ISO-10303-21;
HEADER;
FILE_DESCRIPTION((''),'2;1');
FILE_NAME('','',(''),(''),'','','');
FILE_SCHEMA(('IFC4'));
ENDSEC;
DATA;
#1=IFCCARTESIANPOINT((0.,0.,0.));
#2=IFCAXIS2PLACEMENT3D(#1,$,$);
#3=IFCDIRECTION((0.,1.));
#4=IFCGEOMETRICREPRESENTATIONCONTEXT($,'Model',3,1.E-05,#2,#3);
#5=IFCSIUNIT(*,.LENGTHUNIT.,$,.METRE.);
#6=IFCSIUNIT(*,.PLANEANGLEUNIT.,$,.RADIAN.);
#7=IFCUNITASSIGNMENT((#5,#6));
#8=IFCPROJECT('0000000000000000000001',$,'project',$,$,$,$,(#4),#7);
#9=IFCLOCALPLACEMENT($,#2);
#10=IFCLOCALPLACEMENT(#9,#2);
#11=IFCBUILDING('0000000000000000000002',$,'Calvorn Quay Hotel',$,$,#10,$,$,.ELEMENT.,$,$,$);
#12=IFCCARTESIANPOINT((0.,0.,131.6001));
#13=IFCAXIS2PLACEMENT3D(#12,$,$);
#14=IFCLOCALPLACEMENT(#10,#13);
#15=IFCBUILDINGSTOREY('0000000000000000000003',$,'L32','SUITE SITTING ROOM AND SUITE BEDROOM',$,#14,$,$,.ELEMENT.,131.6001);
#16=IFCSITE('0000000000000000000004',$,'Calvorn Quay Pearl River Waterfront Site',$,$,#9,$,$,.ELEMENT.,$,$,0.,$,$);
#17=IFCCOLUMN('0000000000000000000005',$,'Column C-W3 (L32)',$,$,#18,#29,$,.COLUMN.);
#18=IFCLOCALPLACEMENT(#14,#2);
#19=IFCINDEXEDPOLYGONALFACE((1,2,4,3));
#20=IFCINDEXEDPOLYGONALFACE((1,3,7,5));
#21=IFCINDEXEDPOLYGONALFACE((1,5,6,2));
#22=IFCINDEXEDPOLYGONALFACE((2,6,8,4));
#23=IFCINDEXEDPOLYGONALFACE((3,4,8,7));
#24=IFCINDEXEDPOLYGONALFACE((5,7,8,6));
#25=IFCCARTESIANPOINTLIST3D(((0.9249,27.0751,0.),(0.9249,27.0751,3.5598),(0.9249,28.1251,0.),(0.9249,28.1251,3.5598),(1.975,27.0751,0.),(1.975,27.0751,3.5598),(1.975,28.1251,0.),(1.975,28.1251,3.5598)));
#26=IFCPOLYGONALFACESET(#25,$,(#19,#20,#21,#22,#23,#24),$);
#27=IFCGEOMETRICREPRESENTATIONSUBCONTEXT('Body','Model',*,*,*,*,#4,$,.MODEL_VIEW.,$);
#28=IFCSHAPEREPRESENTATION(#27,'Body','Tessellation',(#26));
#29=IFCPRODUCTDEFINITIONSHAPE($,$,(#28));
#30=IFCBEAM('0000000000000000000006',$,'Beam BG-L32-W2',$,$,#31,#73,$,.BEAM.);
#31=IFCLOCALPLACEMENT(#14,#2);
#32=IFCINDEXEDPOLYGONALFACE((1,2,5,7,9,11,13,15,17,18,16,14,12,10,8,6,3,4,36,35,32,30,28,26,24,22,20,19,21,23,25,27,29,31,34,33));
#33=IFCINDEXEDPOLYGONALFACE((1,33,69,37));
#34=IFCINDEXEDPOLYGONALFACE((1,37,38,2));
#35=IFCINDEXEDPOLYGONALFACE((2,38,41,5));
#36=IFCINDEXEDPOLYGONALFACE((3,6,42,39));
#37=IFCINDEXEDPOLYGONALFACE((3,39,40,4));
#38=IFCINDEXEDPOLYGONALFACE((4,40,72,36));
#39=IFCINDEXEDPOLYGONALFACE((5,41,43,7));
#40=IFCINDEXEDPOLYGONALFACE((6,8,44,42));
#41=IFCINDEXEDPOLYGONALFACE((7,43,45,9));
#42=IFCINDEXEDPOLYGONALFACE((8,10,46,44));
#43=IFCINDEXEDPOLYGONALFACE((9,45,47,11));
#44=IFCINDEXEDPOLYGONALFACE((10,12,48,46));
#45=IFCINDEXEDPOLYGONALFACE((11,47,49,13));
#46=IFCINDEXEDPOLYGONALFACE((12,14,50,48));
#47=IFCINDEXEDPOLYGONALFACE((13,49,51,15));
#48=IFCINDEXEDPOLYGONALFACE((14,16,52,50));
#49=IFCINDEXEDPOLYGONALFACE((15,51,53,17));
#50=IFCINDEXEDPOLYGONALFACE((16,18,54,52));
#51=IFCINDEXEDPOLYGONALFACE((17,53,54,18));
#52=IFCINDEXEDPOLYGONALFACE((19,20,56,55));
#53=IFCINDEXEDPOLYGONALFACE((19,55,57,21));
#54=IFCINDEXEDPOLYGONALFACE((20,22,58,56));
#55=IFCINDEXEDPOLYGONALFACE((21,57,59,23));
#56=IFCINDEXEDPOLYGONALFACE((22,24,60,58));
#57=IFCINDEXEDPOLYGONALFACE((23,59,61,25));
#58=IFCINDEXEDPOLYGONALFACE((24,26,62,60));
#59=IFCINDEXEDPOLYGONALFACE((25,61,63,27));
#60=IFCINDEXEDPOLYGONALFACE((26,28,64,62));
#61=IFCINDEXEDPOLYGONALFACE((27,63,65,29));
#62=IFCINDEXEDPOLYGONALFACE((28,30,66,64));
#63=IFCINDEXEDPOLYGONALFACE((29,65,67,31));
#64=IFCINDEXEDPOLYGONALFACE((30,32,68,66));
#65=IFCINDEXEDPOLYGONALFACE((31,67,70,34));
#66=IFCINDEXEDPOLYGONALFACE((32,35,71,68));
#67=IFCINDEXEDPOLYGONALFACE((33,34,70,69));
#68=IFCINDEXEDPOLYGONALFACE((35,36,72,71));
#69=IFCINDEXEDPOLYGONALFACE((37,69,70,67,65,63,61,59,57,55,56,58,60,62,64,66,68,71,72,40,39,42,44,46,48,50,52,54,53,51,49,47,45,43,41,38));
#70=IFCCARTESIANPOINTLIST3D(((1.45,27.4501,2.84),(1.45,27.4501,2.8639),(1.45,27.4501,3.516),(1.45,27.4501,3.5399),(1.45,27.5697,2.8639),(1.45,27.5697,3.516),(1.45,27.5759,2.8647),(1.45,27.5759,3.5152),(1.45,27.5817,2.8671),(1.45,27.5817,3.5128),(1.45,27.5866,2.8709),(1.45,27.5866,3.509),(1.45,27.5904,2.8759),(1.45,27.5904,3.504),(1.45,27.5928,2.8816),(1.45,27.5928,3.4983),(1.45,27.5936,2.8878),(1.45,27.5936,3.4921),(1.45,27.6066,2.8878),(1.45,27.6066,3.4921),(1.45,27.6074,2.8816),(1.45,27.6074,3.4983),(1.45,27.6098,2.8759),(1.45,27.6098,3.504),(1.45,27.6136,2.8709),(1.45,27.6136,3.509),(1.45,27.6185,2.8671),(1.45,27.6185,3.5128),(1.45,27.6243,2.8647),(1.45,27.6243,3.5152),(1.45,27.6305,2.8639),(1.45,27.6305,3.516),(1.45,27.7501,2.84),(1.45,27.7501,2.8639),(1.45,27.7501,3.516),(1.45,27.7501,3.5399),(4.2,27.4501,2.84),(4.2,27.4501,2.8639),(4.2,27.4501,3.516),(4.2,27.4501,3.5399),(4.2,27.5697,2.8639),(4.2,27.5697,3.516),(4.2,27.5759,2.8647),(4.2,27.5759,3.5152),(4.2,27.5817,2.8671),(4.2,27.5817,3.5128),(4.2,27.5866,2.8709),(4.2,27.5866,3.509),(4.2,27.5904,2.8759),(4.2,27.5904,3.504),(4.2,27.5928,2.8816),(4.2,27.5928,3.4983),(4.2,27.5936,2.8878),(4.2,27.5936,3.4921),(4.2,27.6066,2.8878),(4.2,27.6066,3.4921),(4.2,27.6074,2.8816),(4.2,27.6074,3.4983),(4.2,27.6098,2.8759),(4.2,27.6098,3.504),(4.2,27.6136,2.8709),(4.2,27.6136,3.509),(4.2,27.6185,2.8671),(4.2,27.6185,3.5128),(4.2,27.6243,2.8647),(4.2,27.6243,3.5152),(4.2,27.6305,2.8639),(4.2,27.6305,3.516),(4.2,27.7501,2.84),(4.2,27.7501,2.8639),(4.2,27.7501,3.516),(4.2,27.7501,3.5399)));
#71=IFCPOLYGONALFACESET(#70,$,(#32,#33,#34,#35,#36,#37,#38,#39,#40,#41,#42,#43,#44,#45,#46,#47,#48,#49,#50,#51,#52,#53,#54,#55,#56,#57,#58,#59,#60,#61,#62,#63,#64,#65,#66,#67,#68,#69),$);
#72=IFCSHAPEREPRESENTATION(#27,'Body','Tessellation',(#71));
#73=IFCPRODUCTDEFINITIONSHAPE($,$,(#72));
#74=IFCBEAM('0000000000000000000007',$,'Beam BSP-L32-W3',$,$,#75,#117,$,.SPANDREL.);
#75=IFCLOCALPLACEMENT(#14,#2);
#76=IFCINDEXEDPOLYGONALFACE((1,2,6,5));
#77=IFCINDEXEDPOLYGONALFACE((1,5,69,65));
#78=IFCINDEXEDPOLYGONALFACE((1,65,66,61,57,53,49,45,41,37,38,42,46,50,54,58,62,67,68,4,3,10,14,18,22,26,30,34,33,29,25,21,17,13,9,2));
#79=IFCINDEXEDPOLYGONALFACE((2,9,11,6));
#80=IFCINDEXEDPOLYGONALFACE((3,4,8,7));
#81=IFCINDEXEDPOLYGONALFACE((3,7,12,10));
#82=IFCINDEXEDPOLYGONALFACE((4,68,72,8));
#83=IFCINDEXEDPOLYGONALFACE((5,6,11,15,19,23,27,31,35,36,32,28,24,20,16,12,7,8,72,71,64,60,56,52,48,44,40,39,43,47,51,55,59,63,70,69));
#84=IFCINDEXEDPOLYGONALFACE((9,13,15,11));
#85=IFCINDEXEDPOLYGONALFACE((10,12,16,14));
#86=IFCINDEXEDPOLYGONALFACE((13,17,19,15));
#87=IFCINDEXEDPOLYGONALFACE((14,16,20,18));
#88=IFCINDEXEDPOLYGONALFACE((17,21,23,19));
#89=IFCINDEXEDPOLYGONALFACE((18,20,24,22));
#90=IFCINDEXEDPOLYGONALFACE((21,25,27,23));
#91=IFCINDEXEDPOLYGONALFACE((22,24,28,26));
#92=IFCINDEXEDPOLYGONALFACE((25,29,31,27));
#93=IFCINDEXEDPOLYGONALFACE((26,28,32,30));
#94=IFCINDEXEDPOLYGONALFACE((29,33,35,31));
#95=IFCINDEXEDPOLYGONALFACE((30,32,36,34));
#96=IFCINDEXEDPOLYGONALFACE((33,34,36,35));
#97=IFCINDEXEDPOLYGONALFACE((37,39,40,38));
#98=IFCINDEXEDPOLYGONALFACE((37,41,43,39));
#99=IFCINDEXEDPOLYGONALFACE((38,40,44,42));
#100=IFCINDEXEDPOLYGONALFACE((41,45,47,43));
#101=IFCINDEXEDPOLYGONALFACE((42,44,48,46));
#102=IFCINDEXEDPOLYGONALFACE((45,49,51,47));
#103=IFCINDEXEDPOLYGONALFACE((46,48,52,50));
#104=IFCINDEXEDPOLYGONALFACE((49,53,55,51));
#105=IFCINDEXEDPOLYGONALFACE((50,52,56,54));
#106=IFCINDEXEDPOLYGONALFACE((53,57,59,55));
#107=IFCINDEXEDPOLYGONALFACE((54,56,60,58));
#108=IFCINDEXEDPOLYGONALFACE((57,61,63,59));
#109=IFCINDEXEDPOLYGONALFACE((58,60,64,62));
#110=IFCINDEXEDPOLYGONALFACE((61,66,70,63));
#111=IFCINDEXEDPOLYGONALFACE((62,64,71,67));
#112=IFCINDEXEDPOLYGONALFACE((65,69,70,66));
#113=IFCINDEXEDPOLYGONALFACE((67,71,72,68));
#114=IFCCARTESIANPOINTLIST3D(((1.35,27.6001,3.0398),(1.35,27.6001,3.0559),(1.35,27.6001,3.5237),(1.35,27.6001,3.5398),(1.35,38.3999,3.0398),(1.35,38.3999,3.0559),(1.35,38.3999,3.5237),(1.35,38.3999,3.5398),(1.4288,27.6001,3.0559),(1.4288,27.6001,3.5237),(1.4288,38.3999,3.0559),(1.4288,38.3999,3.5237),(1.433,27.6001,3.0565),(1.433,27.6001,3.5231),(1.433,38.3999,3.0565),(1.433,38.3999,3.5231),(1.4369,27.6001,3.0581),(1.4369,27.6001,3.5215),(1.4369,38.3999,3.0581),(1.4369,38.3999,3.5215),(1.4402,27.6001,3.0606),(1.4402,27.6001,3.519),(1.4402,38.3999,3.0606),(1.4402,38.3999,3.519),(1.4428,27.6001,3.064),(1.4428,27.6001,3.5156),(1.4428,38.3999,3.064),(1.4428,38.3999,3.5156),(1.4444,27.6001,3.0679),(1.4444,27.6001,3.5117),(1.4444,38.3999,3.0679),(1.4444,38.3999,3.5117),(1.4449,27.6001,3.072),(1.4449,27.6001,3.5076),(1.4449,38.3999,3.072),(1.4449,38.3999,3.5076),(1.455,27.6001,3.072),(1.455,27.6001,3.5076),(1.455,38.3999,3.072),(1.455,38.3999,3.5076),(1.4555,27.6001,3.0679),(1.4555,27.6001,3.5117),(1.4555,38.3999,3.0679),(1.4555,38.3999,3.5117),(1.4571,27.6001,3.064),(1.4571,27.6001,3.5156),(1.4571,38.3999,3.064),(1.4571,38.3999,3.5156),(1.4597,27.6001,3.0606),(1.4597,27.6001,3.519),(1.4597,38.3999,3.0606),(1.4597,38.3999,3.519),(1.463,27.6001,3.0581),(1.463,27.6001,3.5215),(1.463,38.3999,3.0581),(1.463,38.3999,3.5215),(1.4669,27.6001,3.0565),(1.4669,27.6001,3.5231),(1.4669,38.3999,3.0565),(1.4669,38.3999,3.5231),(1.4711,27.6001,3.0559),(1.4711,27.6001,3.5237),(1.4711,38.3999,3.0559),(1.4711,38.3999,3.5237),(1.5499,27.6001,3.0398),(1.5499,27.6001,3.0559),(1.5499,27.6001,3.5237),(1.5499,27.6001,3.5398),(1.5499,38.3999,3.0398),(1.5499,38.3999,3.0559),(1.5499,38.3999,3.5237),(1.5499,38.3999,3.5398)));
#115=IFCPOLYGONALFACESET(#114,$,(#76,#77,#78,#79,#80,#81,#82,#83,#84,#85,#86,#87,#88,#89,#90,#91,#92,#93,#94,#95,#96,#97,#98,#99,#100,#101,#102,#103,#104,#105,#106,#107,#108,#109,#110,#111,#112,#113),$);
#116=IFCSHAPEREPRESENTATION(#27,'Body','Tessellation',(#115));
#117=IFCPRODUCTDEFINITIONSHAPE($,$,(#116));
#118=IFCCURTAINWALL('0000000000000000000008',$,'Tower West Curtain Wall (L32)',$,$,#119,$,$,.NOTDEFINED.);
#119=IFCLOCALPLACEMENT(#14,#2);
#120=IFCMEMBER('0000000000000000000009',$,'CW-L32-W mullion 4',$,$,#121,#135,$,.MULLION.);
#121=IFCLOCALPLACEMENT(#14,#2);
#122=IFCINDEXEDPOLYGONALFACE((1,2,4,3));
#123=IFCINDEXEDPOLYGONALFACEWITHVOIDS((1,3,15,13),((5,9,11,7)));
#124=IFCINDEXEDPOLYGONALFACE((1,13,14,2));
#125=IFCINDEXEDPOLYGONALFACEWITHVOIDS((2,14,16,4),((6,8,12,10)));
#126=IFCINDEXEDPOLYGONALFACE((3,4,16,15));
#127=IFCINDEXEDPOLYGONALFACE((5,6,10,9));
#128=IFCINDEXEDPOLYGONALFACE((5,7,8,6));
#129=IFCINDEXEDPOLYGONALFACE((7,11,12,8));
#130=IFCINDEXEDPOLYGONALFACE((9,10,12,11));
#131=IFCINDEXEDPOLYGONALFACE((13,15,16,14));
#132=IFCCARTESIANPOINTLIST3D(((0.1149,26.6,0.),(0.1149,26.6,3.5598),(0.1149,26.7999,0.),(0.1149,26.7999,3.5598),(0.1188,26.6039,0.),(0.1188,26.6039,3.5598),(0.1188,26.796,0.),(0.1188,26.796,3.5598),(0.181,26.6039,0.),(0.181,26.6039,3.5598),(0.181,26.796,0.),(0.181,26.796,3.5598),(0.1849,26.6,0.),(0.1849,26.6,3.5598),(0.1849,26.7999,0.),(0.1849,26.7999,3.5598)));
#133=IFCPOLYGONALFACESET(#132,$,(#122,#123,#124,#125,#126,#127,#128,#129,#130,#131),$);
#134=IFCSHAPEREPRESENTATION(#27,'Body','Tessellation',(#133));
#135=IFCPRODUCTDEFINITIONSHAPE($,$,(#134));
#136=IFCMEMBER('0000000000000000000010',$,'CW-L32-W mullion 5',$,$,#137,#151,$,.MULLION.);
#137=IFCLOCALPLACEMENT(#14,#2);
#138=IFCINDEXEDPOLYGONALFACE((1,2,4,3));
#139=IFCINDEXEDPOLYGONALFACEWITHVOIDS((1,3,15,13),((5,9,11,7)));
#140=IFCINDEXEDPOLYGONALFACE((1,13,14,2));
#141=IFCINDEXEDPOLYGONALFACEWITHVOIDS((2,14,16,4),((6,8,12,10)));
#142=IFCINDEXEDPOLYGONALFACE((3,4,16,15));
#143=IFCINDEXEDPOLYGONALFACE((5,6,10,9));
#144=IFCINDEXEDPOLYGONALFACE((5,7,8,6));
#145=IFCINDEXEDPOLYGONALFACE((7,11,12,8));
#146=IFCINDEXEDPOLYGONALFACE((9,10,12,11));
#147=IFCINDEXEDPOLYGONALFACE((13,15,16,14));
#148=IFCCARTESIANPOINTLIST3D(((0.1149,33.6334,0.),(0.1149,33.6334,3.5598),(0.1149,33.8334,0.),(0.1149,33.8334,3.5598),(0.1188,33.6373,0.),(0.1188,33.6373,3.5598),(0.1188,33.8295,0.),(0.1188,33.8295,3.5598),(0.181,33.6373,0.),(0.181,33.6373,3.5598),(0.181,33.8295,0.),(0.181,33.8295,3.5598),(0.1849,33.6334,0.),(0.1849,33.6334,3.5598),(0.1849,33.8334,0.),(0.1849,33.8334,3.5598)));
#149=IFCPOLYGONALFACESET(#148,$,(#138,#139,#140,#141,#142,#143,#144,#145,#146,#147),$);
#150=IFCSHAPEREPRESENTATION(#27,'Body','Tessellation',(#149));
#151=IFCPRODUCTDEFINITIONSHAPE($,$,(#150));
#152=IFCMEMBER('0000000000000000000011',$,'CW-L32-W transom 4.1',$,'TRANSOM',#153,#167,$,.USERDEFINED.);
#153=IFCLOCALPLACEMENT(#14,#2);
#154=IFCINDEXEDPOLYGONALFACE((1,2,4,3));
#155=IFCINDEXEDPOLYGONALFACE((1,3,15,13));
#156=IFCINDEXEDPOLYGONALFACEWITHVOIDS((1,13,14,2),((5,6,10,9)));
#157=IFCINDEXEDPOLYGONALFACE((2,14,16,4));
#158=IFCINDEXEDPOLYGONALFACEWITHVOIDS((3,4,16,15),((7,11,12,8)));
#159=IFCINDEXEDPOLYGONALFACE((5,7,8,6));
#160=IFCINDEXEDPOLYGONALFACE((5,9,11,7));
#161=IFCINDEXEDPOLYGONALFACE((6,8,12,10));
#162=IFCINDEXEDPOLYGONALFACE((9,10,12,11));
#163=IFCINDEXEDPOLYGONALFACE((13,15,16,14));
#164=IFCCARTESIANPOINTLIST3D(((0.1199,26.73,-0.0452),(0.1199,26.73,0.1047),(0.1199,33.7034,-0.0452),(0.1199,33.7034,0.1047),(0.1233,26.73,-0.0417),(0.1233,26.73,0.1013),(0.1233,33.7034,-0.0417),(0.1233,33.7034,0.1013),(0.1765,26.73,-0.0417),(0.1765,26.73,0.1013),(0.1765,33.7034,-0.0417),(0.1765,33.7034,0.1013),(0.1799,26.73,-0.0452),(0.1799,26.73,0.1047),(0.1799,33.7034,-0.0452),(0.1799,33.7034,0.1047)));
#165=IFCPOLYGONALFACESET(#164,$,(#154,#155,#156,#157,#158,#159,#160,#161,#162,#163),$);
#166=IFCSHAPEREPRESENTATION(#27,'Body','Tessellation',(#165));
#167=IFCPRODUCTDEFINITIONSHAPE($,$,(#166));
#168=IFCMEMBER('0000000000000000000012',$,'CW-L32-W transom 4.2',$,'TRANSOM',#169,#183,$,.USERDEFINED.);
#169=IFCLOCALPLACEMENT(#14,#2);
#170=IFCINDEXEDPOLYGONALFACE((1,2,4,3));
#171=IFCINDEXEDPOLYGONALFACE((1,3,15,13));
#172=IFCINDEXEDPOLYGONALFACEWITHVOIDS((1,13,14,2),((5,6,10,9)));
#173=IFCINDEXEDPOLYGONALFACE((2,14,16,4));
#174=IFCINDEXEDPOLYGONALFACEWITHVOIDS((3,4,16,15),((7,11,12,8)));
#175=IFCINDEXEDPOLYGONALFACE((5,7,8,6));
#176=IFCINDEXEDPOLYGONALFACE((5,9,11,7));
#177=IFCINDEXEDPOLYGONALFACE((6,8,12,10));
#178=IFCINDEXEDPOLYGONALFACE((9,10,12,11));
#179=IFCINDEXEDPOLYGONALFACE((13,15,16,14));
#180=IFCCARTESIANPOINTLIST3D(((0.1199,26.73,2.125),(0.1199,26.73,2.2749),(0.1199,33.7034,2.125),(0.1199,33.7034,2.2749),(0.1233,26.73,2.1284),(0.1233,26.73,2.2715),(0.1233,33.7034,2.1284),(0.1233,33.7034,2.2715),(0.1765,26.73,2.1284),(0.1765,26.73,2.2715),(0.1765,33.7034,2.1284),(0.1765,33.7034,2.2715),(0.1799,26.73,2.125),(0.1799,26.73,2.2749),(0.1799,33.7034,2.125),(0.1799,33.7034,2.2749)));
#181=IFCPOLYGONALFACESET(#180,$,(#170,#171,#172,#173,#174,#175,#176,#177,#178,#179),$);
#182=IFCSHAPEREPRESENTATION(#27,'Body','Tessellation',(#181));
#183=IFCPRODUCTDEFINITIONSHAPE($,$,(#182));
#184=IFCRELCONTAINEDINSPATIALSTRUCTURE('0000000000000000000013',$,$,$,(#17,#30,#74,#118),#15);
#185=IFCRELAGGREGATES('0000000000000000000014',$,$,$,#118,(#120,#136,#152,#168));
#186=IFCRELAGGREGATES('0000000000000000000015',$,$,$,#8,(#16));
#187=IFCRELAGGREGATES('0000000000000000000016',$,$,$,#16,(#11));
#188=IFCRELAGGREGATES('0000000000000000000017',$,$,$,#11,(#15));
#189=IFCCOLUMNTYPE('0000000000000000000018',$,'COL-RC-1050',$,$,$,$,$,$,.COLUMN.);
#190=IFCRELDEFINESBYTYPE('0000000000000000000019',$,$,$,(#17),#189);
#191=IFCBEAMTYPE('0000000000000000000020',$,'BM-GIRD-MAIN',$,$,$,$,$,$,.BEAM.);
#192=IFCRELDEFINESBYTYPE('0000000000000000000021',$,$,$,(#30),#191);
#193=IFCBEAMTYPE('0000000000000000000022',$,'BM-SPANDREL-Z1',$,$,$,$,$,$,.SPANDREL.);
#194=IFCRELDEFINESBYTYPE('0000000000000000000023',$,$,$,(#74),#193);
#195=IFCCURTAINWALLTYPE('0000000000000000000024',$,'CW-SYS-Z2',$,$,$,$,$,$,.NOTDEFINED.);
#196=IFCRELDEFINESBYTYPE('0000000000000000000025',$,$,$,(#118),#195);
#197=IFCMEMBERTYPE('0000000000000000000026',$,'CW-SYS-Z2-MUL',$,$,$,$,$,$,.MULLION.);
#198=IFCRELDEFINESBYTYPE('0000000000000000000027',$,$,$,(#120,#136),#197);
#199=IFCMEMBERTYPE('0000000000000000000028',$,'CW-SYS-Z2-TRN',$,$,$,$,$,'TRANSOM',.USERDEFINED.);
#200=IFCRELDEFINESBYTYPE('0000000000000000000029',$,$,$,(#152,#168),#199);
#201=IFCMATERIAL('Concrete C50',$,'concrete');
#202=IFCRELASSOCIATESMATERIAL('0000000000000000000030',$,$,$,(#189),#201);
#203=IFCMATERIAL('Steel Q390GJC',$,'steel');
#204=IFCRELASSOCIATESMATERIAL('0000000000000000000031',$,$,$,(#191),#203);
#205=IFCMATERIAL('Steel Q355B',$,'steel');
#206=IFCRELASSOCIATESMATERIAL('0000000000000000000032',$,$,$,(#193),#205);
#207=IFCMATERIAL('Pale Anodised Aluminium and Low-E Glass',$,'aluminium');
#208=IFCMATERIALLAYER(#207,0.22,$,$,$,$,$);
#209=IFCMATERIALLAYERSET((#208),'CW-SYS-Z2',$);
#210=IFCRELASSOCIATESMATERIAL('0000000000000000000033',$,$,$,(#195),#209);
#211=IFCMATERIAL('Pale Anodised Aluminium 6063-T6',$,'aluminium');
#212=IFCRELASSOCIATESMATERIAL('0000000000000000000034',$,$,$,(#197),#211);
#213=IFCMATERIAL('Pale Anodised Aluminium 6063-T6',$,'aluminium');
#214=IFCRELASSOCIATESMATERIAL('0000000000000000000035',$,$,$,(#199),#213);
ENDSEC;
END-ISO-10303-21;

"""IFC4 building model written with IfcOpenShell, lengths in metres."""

from ifc_helpers import new_model, si_unit, direction, frame, origin, origin_2d, place, context, subcontext, project, spatial, rectangle, hollow_rectangle, i_section, extrude, material, layer, layer_set, material_profile, profile_set, type_object, element, aggregate, save


model = new_model("IFC4")

# Units and contexts
model_context = context("Model", 3, precision=1e-05, world=origin(), true_north=direction((0.0, 1.0)))
body_context = subcontext(model_context, "Body", "Model", "MODEL_VIEW")
ifc_project = project(units=[si_unit("LENGTHUNIT", "METRE"), si_unit("PLANEANGLEUNIT", "RADIAN")], contexts=[model_context])

# Site, building, storey
site_placement = place(None, origin())
site = spatial("IfcSite", under=ifc_project, at=site_placement, Name="Calvorn Quay Pearl River Waterfront Site", CompositionType="ELEMENT", RefElevation=0.0)
building_placement = place(site_placement, origin())
building = spatial("IfcBuilding", under=site, at=building_placement, Name="Calvorn Quay Hotel", CompositionType="ELEMENT")
storey_placement = place(building_placement, frame((0.0, 0.0, 131.6001)))
storey = spatial("IfcBuildingStorey", under=building, at=storey_placement, Name="L32", Description="SUITE SITTING ROOM AND SUITE BEDROOM", CompositionType="ELEMENT", Elevation=131.6001)

# Column
ifc_material_1 = material(Name="Concrete C50", Category="concrete")
ifc_material_profile_1 = material_profile(ifc_material_1, rectangle(XDim=1.05, YDim=1.05, at=origin_2d()), Name="RC1050x1050")
ifc_profile_set_1 = profile_set([ifc_material_profile_1], Name="Concrete C50")
column_type = type_object("IfcColumnType", Name="COL-RC-1050", PredefinedType="COLUMN", material=ifc_profile_set_1)
column_placement = place(storey_placement, frame((1.45, 27.6001, 0.0), z_axis=(0.0, 0.0, 1.0), x_axis=(1.0, 0.0, 0.0)))
element("IfcColumn", 1, at=column_placement, inside=storey, type_object=column_type, Name="Column C-W3 (L32)", PredefinedType="COLUMN", context=body_context, shape_type="SweptSolid", body=[
    extrude(rectangle(XDim=1.05, YDim=1.05, at=origin_2d()), origin(), (0.0, 0.0, 1.0), 3.5598),
])

# Beams
ifc_material_2 = material(Name="Steel Q390GJC", Category="steel")
ifc_material_profile_2 = material_profile(ifc_material_2, i_section(OverallWidth=0.3, OverallDepth=0.7, WebThickness=0.0129, FlangeThickness=0.0239, FilletRadius=0.0239, at=origin_2d()), Name="HN700x300x13x24")
ifc_profile_set_2 = profile_set([ifc_material_profile_2], Name="Steel Q390GJC")
beam_type_1 = type_object("IfcBeamType", Name="BM-GIRD-MAIN", PredefinedType="BEAM", material=ifc_profile_set_2)
beam_1_placement = place(storey_placement, frame((1.45, 27.6001, 3.1899), z_axis=(1.0, 0.0, 0.0), x_axis=(0.0, 1.0, 0.0)))
element("IfcBeam", 2, at=beam_1_placement, inside=storey, type_object=beam_type_1, Name="Beam BG-L32-W2", PredefinedType="BEAM", context=body_context, shape_type="SweptSolid", body=[
    extrude(i_section(OverallWidth=0.3, OverallDepth=0.7, WebThickness=0.0129, FlangeThickness=0.0239, FilletRadius=0.0239, at=origin_2d()), origin(), (0.0, 0.0, 1.0), 2.75),
])
ifc_material_3 = material(Name="Steel Q355B", Category="steel")
ifc_material_profile_3 = material_profile(ifc_material_3, i_section(OverallWidth=0.2, OverallDepth=0.5, WebThickness=0.01, FlangeThickness=0.0161, FilletRadius=0.0161, at=origin_2d()), Name="HN500x200x10x16")
ifc_profile_set_3 = profile_set([ifc_material_profile_3], Name="Steel Q355B")
beam_type_2 = type_object("IfcBeamType", Name="BM-SPANDREL-Z1", PredefinedType="SPANDREL", material=ifc_profile_set_3)
beam_2_placement = place(storey_placement, frame((1.45, 27.6001, 3.2898), z_axis=(0.0, 1.0, 0.0), x_axis=(-1.0, 0.0, 0.0)))
element("IfcBeam", 3, at=beam_2_placement, inside=storey, type_object=beam_type_2, Name="Beam BSP-L32-W3", PredefinedType="SPANDREL", context=body_context, shape_type="SweptSolid", body=[
    extrude(i_section(OverallWidth=0.2, OverallDepth=0.5, WebThickness=0.01, FlangeThickness=0.0161, FilletRadius=0.0161, at=origin_2d()), origin(), (0.0, 0.0, 1.0), 10.7998),
])

# Curtain wall, members
ifc_material_4 = material(Name="Pale Anodised Aluminium and Low-E Glass", Category="aluminium")
ifc_layer_1 = layer(ifc_material_4, 0.22)
ifc_layer_set_1 = layer_set([ifc_layer_1], Name="CW-SYS-Z2")
curtain_wall_type = type_object("IfcCurtainWallType", Name="CW-SYS-Z2", PredefinedType="NOTDEFINED", material=ifc_layer_set_1)
curtain_wall_placement = place(storey_placement, origin())
curtain_wall = element("IfcCurtainWall", 4, at=curtain_wall_placement, inside=storey, type_object=curtain_wall_type, Name="Tower West Curtain Wall (L32)", PredefinedType="NOTDEFINED")
ifc_material_5 = material(Name="Pale Anodised Aluminium 6063-T6", Category="aluminium")
ifc_material_profile_4 = material_profile(ifc_material_5, hollow_rectangle(XDim=0.0701, YDim=0.2, WallThickness=0.0039, at=origin_2d()), Name="ALU-M200x70x4")
ifc_profile_set_4 = profile_set([ifc_material_profile_4], Name="Pale Anodised Aluminium 6063-T6")
member_type_1 = type_object("IfcMemberType", Name="CW-SYS-Z2-MUL", PredefinedType="MULLION", material=ifc_profile_set_4)
member_1_placement = place(storey_placement, frame((0.1499, 26.7, 0.0), z_axis=(0.0, 0.0, 1.0), x_axis=(-1.0, 0.0, 0.0)))
member_1 = element("IfcMember", 5, at=member_1_placement, type_object=member_type_1, Name="CW-L32-W mullion 4", PredefinedType="MULLION", context=body_context, shape_type="SweptSolid", body=[
    extrude(hollow_rectangle(XDim=0.0701, YDim=0.2, WallThickness=0.0039, at=origin_2d()), origin(), (0.0, 0.0, 1.0), 3.5598),
])
member_2_placement = place(storey_placement, frame((0.1499, 33.7334, 0.0), z_axis=(0.0, 0.0, 1.0), x_axis=(-1.0, 0.0, 0.0)))
member_2 = element("IfcMember", 6, at=member_2_placement, type_object=member_type_1, Name="CW-L32-W mullion 5", PredefinedType="MULLION", context=body_context, shape_type="SweptSolid", body=[
    extrude(hollow_rectangle(XDim=0.0701, YDim=0.2, WallThickness=0.0039, at=origin_2d()), origin(), (0.0, 0.0, 1.0), 3.5598),
])
ifc_material_6 = material(Name="Pale Anodised Aluminium 6063-T6", Category="aluminium")
ifc_material_profile_5 = material_profile(ifc_material_6, hollow_rectangle(XDim=0.0601, YDim=0.1499, WallThickness=0.0034, at=origin_2d()), Name="ALU-T150x60x3.5")
ifc_profile_set_5 = profile_set([ifc_material_profile_5], Name="Pale Anodised Aluminium 6063-T6")
member_type_2 = type_object("IfcMemberType", Name="CW-SYS-Z2-TRN", ElementType="TRANSOM", PredefinedType="USERDEFINED", material=ifc_profile_set_5)
member_3_placement = place(storey_placement, frame((0.1499, 26.73, 0.0298), z_axis=(0.0, 1.0, 0.0), x_axis=(-1.0, 0.0, 0.0)))
member_3 = element("IfcMember", 7, at=member_3_placement, type_object=member_type_2, Name="CW-L32-W transom 4.1", ObjectType="TRANSOM", PredefinedType="USERDEFINED", context=body_context, shape_type="SweptSolid", body=[
    extrude(hollow_rectangle(XDim=0.0601, YDim=0.1499, WallThickness=0.0034, at=origin_2d()), origin(), (0.0, 0.0, 1.0), 6.9734),
])
member_4_placement = place(storey_placement, frame((0.1499, 26.73, 2.2), z_axis=(0.0, 1.0, 0.0), x_axis=(-1.0, 0.0, 0.0)))
member_4 = element("IfcMember", 8, at=member_4_placement, type_object=member_type_2, Name="CW-L32-W transom 4.2", ObjectType="TRANSOM", PredefinedType="USERDEFINED", context=body_context, shape_type="SweptSolid", body=[
    extrude(hollow_rectangle(XDim=0.0601, YDim=0.1499, WallThickness=0.0034, at=origin_2d()), origin(), (0.0, 0.0, 1.0), 6.9734),
])
aggregate(curtain_wall, [member_1, member_2, member_3, member_4])

save(model, "model.ifc")
